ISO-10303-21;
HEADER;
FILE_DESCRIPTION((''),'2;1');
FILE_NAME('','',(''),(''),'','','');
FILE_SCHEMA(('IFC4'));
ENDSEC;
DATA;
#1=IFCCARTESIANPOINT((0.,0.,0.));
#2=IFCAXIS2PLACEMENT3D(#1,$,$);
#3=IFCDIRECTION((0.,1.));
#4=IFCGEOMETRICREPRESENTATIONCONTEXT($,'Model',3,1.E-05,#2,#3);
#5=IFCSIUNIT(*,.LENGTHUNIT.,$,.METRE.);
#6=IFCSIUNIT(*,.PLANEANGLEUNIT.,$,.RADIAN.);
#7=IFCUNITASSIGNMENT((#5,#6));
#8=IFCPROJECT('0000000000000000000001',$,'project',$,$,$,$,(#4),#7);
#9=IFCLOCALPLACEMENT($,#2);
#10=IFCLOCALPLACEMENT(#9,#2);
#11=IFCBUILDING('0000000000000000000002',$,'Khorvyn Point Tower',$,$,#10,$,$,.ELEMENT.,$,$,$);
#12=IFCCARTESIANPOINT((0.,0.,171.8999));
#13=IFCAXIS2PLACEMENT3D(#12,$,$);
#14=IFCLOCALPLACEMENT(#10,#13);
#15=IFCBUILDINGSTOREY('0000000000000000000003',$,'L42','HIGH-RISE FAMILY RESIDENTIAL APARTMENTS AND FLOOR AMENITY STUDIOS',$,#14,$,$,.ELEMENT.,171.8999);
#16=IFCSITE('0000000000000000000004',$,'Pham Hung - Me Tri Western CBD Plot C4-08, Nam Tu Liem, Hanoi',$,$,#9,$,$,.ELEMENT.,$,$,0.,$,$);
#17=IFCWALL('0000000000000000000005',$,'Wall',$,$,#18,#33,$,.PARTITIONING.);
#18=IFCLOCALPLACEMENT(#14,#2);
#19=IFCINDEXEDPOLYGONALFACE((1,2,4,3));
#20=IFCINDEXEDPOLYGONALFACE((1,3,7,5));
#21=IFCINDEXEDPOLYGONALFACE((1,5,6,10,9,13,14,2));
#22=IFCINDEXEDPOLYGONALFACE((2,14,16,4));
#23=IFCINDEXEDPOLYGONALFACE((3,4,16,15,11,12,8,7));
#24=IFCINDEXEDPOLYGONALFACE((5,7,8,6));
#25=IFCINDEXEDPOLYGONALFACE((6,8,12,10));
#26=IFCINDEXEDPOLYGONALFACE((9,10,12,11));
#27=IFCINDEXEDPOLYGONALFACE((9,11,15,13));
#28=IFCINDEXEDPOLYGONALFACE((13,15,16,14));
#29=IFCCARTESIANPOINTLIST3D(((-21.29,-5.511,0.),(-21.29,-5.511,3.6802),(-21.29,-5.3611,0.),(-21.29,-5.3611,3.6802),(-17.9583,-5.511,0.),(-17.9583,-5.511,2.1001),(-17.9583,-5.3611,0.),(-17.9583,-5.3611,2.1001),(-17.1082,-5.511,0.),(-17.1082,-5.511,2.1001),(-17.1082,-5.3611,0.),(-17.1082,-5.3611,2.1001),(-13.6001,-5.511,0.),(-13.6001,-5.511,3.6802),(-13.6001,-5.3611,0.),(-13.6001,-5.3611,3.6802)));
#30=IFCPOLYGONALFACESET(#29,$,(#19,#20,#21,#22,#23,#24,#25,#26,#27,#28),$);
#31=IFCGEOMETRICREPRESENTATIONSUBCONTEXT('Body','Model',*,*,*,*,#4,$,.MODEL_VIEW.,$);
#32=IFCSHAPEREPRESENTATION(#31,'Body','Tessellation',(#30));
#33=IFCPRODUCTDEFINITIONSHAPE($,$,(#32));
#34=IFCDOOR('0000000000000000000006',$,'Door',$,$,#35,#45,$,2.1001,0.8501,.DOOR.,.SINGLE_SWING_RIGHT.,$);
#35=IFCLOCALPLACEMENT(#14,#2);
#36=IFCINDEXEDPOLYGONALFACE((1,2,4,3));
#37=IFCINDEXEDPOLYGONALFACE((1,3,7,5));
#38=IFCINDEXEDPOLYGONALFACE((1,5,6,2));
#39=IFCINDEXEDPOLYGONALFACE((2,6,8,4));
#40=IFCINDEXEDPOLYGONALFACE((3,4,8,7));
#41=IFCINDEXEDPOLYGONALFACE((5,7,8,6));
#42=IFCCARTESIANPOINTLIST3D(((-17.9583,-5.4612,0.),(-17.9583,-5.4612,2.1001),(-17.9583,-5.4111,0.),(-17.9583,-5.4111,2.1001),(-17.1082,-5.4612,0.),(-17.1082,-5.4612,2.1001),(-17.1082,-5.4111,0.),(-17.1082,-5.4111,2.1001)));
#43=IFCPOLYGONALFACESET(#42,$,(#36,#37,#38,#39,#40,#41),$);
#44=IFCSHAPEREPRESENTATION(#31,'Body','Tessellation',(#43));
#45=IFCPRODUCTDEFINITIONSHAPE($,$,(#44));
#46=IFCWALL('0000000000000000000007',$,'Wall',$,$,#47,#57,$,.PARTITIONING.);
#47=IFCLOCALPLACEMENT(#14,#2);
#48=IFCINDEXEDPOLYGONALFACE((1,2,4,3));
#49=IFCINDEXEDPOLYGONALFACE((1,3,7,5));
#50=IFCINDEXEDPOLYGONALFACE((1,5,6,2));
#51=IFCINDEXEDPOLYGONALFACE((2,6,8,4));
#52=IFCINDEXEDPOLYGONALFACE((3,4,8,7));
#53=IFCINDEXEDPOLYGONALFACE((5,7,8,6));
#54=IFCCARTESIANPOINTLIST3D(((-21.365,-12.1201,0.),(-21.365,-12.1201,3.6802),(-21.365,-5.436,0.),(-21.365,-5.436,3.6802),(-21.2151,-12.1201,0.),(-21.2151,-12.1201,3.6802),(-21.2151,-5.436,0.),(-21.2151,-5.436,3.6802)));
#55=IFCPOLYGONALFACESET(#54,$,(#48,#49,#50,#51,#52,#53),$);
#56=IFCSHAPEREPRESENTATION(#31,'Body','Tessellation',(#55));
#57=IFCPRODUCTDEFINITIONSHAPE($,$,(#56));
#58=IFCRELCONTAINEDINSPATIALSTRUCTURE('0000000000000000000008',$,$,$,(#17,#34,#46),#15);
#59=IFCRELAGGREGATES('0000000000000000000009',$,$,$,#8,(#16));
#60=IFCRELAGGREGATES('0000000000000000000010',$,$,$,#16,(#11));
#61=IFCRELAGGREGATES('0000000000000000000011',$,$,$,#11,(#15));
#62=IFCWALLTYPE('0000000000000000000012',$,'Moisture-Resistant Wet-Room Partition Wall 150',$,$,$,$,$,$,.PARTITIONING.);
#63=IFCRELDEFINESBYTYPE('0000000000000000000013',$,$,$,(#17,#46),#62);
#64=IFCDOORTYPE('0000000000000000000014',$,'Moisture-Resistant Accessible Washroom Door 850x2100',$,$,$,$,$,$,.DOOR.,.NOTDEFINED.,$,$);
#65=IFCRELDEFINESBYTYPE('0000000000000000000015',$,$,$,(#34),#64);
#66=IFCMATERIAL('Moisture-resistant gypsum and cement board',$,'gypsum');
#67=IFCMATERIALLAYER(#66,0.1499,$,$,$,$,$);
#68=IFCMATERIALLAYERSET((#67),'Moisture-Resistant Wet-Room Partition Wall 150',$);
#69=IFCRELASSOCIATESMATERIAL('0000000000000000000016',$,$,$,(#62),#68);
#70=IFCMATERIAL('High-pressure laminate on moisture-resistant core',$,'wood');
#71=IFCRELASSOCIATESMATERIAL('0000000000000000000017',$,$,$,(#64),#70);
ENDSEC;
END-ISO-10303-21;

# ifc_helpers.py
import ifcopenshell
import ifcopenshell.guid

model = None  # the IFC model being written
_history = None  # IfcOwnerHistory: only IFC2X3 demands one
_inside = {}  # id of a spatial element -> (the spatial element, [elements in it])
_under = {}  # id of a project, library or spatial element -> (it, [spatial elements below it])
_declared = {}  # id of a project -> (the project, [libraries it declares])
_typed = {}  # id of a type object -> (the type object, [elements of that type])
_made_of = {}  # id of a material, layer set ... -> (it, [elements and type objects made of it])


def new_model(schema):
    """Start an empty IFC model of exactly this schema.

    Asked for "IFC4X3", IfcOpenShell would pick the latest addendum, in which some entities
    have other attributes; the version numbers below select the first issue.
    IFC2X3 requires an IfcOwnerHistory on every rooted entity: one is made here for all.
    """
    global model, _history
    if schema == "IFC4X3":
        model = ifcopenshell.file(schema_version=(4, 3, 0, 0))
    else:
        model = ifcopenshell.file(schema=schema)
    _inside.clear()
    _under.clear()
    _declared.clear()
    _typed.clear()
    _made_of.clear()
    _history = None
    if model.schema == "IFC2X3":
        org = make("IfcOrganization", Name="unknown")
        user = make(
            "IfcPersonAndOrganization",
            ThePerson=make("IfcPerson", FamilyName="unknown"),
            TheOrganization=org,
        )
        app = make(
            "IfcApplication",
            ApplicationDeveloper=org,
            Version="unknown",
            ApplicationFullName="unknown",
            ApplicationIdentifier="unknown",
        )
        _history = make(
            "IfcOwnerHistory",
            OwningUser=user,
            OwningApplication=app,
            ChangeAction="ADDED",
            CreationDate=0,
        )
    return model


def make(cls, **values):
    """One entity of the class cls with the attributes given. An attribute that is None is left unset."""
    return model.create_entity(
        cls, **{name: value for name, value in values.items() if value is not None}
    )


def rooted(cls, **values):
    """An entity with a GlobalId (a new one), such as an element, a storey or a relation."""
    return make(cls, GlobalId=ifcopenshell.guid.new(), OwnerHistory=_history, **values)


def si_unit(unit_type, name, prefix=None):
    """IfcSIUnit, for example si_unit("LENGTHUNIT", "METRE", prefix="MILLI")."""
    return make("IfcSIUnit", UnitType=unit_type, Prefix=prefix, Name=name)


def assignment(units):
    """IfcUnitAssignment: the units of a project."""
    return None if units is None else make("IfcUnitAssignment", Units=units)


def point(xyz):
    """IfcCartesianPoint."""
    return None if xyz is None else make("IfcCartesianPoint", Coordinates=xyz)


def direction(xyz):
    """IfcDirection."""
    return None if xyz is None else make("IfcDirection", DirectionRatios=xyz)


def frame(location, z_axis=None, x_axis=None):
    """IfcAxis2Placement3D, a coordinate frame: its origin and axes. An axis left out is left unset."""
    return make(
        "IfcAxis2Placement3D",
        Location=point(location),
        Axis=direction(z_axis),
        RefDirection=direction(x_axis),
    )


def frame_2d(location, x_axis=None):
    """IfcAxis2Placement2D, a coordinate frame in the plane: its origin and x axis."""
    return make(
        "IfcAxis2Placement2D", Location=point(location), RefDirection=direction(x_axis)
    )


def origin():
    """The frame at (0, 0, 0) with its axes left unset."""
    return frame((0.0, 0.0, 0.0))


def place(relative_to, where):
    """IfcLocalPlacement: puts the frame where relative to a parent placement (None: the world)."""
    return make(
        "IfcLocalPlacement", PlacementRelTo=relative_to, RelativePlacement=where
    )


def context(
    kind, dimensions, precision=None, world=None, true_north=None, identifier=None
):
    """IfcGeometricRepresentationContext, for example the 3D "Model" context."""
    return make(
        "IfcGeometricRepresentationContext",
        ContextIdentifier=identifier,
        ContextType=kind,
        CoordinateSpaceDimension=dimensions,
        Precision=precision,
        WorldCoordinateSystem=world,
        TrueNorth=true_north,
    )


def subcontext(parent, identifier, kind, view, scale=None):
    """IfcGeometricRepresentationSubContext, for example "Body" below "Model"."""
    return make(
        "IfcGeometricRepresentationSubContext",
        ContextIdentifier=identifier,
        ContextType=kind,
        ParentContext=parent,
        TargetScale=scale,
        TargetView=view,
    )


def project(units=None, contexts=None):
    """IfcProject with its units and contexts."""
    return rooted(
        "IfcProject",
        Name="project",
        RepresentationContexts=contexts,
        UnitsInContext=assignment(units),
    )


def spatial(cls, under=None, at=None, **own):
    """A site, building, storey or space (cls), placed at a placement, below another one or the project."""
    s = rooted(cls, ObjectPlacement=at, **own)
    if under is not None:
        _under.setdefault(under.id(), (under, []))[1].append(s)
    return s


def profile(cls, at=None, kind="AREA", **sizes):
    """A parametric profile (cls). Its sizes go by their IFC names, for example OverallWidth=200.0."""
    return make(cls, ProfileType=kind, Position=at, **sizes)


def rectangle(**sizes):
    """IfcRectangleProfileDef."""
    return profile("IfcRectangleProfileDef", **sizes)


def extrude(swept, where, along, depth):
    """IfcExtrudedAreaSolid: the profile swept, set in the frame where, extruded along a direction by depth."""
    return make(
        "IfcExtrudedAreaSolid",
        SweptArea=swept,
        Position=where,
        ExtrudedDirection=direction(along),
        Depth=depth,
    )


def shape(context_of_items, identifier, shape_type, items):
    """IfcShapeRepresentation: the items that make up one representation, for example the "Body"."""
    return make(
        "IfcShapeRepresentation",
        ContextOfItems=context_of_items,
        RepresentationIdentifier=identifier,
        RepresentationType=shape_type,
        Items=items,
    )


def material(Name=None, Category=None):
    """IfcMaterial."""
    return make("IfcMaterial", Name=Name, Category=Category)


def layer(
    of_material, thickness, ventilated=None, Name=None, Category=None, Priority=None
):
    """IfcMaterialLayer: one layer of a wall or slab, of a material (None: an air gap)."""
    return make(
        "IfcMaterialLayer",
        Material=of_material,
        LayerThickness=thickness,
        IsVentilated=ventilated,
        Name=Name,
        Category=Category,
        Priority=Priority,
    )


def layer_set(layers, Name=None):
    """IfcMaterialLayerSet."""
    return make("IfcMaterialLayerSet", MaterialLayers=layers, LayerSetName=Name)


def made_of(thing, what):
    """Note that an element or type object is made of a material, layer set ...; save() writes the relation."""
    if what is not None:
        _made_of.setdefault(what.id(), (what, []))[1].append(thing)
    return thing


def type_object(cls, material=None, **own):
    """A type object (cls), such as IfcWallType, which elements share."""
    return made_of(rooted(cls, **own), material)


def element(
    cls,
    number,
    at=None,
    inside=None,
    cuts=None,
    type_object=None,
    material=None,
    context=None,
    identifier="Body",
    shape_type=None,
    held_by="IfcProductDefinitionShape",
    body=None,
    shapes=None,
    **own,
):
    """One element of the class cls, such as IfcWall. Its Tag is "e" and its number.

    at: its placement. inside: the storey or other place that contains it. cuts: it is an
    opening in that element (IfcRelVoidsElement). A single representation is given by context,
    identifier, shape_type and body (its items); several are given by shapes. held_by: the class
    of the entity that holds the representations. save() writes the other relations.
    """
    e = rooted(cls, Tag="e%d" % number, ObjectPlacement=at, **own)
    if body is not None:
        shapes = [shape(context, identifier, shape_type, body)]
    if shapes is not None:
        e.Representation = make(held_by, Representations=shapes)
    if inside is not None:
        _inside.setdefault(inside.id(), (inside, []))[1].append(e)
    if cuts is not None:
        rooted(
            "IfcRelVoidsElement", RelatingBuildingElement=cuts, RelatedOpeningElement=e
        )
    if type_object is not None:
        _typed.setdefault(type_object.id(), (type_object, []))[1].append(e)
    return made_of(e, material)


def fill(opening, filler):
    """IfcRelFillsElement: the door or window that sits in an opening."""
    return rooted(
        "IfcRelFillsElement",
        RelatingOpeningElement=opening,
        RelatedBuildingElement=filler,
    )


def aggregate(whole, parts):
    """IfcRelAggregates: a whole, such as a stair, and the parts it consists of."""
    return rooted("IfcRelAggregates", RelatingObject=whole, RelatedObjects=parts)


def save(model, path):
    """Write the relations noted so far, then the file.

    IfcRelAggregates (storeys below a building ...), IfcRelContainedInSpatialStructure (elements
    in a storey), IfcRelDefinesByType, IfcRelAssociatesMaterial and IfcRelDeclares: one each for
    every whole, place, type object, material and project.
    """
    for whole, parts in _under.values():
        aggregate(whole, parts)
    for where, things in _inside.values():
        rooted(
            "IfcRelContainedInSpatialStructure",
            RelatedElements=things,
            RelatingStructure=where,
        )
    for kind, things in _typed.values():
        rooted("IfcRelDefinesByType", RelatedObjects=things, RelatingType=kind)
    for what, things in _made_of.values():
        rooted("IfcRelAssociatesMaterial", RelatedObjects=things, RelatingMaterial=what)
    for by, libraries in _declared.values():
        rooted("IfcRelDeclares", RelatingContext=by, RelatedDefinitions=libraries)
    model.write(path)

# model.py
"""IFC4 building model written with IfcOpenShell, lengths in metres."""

from ifc_helpers import new_model, si_unit, direction, frame, frame_2d, origin, place, context, subcontext, project, spatial, rectangle, extrude, material, layer, layer_set, type_object, element, fill, save


model = new_model("IFC4")

# Units and contexts
model_context = context("Model", 3, precision=1e-05, world=origin(), true_north=direction((0.0, 1.0)))
body_context = subcontext(model_context, "Body", "Model", "MODEL_VIEW")
ifc_project = project(units=[si_unit("LENGTHUNIT", "METRE"), si_unit("PLANEANGLEUNIT", "RADIAN")], contexts=[model_context])

# Site, building, storey
site_placement = place(None, origin())
site = spatial("IfcSite", under=ifc_project, at=site_placement, Name="Pham Hung - Me Tri Western CBD Plot C4-08, Nam Tu Liem, Hanoi", CompositionType="ELEMENT", RefElevation=0.0)
building_placement = place(site_placement, origin())
building = spatial("IfcBuilding", under=site, at=building_placement, Name="Khorvyn Point Tower", CompositionType="ELEMENT")
storey_placement = place(building_placement, frame((0.0, 0.0, 171.8999)))
storey = spatial("IfcBuildingStorey", under=building, at=storey_placement, Name="L42", Description="HIGH-RISE FAMILY RESIDENTIAL APARTMENTS AND FLOOR AMENITY STUDIOS", CompositionType="ELEMENT", Elevation=171.8999)

# Wall, opening, door
ifc_material_1 = material(Name="Moisture-resistant gypsum and cement board", Category="gypsum")
ifc_layer_1 = layer(ifc_material_1, 0.1499)
ifc_layer_set_1 = layer_set([ifc_layer_1], Name="Moisture-Resistant Wet-Room Partition Wall 150")
wall_type_1 = type_object("IfcWallType", Name="Moisture-Resistant Wet-Room Partition Wall 150", PredefinedType="PARTITIONING", material=ifc_layer_set_1)
ifc_material_2 = material(Name="High-pressure laminate on moisture-resistant core", Category="wood")
door_type_1 = type_object("IfcDoorType", Name="Moisture-Resistant Accessible Washroom Door 850x2100", OperationType="NOTDEFINED", PredefinedType="DOOR", material=ifc_material_2)
wall_1_placement = place(storey_placement, frame((-21.29, -5.436, 0.0), z_axis=(0.0, 0.0, 1.0), x_axis=(1.0, 0.0, 0.0)))
wall_1 = element("IfcWall", 1, at=wall_1_placement, inside=storey, type_object=wall_type_1, Name="Wall", PredefinedType="PARTITIONING", context=body_context, shape_type="SweptSolid", body=[
    extrude(rectangle(XDim=7.6899, YDim=0.1499, at=frame_2d((3.845, 0.0))), origin(), (0.0, 0.0, 1.0), 3.6802),
])
opening_1_placement = place(wall_1_placement, frame((3.3318, 0.0, 0.0)))
opening_1 = element("IfcOpeningElement", 2, at=opening_1_placement, cuts=wall_1, PredefinedType="OPENING", context=body_context, shape_type="SweptSolid", body=[
    extrude(rectangle(XDim=0.8501, YDim=2.1001, at=frame_2d((0.425, 1.05))), frame((0.0, 0.085, 0.0), z_axis=(0.0, -1.0, 0.0), x_axis=(1.0, 0.0, 0.0)), (0.0, 0.0, 1.0), 0.1699),
])
door_1_placement = place(opening_1_placement, origin())
door_1 = element("IfcDoor", 3, at=door_1_placement, inside=storey, type_object=door_type_1, Name="Door", OperationType="SINGLE_SWING_RIGHT", OverallHeight=2.1001, OverallWidth=0.8501, PredefinedType="DOOR", context=body_context, shape_type="SweptSolid", body=[
    extrude(rectangle(XDim=0.8501, YDim=2.1001, at=frame_2d((0.425, 1.05))), frame((0.0, 0.0249, 0.0), z_axis=(0.0, -1.0, 0.0), x_axis=(1.0, 0.0, 0.0)), (0.0, 0.0, 1.0), 0.05),
])
fill(opening_1, door_1)

# Wall
wall_2_placement = place(storey_placement, frame((-21.29, -12.1201, 0.0), z_axis=(0.0, 0.0, 1.0), x_axis=(0.0, 1.0, 0.0)))
element("IfcWall", 4, at=wall_2_placement, inside=storey, type_object=wall_type_1, Name="Wall", PredefinedType="PARTITIONING", context=body_context, shape_type="SweptSolid", body=[
    extrude(rectangle(XDim=6.6841, YDim=0.1499, at=frame_2d((3.342, 0.0))), origin(), (0.0, 0.0, 1.0), 3.6802),
])

save(model, "model.ifc")
